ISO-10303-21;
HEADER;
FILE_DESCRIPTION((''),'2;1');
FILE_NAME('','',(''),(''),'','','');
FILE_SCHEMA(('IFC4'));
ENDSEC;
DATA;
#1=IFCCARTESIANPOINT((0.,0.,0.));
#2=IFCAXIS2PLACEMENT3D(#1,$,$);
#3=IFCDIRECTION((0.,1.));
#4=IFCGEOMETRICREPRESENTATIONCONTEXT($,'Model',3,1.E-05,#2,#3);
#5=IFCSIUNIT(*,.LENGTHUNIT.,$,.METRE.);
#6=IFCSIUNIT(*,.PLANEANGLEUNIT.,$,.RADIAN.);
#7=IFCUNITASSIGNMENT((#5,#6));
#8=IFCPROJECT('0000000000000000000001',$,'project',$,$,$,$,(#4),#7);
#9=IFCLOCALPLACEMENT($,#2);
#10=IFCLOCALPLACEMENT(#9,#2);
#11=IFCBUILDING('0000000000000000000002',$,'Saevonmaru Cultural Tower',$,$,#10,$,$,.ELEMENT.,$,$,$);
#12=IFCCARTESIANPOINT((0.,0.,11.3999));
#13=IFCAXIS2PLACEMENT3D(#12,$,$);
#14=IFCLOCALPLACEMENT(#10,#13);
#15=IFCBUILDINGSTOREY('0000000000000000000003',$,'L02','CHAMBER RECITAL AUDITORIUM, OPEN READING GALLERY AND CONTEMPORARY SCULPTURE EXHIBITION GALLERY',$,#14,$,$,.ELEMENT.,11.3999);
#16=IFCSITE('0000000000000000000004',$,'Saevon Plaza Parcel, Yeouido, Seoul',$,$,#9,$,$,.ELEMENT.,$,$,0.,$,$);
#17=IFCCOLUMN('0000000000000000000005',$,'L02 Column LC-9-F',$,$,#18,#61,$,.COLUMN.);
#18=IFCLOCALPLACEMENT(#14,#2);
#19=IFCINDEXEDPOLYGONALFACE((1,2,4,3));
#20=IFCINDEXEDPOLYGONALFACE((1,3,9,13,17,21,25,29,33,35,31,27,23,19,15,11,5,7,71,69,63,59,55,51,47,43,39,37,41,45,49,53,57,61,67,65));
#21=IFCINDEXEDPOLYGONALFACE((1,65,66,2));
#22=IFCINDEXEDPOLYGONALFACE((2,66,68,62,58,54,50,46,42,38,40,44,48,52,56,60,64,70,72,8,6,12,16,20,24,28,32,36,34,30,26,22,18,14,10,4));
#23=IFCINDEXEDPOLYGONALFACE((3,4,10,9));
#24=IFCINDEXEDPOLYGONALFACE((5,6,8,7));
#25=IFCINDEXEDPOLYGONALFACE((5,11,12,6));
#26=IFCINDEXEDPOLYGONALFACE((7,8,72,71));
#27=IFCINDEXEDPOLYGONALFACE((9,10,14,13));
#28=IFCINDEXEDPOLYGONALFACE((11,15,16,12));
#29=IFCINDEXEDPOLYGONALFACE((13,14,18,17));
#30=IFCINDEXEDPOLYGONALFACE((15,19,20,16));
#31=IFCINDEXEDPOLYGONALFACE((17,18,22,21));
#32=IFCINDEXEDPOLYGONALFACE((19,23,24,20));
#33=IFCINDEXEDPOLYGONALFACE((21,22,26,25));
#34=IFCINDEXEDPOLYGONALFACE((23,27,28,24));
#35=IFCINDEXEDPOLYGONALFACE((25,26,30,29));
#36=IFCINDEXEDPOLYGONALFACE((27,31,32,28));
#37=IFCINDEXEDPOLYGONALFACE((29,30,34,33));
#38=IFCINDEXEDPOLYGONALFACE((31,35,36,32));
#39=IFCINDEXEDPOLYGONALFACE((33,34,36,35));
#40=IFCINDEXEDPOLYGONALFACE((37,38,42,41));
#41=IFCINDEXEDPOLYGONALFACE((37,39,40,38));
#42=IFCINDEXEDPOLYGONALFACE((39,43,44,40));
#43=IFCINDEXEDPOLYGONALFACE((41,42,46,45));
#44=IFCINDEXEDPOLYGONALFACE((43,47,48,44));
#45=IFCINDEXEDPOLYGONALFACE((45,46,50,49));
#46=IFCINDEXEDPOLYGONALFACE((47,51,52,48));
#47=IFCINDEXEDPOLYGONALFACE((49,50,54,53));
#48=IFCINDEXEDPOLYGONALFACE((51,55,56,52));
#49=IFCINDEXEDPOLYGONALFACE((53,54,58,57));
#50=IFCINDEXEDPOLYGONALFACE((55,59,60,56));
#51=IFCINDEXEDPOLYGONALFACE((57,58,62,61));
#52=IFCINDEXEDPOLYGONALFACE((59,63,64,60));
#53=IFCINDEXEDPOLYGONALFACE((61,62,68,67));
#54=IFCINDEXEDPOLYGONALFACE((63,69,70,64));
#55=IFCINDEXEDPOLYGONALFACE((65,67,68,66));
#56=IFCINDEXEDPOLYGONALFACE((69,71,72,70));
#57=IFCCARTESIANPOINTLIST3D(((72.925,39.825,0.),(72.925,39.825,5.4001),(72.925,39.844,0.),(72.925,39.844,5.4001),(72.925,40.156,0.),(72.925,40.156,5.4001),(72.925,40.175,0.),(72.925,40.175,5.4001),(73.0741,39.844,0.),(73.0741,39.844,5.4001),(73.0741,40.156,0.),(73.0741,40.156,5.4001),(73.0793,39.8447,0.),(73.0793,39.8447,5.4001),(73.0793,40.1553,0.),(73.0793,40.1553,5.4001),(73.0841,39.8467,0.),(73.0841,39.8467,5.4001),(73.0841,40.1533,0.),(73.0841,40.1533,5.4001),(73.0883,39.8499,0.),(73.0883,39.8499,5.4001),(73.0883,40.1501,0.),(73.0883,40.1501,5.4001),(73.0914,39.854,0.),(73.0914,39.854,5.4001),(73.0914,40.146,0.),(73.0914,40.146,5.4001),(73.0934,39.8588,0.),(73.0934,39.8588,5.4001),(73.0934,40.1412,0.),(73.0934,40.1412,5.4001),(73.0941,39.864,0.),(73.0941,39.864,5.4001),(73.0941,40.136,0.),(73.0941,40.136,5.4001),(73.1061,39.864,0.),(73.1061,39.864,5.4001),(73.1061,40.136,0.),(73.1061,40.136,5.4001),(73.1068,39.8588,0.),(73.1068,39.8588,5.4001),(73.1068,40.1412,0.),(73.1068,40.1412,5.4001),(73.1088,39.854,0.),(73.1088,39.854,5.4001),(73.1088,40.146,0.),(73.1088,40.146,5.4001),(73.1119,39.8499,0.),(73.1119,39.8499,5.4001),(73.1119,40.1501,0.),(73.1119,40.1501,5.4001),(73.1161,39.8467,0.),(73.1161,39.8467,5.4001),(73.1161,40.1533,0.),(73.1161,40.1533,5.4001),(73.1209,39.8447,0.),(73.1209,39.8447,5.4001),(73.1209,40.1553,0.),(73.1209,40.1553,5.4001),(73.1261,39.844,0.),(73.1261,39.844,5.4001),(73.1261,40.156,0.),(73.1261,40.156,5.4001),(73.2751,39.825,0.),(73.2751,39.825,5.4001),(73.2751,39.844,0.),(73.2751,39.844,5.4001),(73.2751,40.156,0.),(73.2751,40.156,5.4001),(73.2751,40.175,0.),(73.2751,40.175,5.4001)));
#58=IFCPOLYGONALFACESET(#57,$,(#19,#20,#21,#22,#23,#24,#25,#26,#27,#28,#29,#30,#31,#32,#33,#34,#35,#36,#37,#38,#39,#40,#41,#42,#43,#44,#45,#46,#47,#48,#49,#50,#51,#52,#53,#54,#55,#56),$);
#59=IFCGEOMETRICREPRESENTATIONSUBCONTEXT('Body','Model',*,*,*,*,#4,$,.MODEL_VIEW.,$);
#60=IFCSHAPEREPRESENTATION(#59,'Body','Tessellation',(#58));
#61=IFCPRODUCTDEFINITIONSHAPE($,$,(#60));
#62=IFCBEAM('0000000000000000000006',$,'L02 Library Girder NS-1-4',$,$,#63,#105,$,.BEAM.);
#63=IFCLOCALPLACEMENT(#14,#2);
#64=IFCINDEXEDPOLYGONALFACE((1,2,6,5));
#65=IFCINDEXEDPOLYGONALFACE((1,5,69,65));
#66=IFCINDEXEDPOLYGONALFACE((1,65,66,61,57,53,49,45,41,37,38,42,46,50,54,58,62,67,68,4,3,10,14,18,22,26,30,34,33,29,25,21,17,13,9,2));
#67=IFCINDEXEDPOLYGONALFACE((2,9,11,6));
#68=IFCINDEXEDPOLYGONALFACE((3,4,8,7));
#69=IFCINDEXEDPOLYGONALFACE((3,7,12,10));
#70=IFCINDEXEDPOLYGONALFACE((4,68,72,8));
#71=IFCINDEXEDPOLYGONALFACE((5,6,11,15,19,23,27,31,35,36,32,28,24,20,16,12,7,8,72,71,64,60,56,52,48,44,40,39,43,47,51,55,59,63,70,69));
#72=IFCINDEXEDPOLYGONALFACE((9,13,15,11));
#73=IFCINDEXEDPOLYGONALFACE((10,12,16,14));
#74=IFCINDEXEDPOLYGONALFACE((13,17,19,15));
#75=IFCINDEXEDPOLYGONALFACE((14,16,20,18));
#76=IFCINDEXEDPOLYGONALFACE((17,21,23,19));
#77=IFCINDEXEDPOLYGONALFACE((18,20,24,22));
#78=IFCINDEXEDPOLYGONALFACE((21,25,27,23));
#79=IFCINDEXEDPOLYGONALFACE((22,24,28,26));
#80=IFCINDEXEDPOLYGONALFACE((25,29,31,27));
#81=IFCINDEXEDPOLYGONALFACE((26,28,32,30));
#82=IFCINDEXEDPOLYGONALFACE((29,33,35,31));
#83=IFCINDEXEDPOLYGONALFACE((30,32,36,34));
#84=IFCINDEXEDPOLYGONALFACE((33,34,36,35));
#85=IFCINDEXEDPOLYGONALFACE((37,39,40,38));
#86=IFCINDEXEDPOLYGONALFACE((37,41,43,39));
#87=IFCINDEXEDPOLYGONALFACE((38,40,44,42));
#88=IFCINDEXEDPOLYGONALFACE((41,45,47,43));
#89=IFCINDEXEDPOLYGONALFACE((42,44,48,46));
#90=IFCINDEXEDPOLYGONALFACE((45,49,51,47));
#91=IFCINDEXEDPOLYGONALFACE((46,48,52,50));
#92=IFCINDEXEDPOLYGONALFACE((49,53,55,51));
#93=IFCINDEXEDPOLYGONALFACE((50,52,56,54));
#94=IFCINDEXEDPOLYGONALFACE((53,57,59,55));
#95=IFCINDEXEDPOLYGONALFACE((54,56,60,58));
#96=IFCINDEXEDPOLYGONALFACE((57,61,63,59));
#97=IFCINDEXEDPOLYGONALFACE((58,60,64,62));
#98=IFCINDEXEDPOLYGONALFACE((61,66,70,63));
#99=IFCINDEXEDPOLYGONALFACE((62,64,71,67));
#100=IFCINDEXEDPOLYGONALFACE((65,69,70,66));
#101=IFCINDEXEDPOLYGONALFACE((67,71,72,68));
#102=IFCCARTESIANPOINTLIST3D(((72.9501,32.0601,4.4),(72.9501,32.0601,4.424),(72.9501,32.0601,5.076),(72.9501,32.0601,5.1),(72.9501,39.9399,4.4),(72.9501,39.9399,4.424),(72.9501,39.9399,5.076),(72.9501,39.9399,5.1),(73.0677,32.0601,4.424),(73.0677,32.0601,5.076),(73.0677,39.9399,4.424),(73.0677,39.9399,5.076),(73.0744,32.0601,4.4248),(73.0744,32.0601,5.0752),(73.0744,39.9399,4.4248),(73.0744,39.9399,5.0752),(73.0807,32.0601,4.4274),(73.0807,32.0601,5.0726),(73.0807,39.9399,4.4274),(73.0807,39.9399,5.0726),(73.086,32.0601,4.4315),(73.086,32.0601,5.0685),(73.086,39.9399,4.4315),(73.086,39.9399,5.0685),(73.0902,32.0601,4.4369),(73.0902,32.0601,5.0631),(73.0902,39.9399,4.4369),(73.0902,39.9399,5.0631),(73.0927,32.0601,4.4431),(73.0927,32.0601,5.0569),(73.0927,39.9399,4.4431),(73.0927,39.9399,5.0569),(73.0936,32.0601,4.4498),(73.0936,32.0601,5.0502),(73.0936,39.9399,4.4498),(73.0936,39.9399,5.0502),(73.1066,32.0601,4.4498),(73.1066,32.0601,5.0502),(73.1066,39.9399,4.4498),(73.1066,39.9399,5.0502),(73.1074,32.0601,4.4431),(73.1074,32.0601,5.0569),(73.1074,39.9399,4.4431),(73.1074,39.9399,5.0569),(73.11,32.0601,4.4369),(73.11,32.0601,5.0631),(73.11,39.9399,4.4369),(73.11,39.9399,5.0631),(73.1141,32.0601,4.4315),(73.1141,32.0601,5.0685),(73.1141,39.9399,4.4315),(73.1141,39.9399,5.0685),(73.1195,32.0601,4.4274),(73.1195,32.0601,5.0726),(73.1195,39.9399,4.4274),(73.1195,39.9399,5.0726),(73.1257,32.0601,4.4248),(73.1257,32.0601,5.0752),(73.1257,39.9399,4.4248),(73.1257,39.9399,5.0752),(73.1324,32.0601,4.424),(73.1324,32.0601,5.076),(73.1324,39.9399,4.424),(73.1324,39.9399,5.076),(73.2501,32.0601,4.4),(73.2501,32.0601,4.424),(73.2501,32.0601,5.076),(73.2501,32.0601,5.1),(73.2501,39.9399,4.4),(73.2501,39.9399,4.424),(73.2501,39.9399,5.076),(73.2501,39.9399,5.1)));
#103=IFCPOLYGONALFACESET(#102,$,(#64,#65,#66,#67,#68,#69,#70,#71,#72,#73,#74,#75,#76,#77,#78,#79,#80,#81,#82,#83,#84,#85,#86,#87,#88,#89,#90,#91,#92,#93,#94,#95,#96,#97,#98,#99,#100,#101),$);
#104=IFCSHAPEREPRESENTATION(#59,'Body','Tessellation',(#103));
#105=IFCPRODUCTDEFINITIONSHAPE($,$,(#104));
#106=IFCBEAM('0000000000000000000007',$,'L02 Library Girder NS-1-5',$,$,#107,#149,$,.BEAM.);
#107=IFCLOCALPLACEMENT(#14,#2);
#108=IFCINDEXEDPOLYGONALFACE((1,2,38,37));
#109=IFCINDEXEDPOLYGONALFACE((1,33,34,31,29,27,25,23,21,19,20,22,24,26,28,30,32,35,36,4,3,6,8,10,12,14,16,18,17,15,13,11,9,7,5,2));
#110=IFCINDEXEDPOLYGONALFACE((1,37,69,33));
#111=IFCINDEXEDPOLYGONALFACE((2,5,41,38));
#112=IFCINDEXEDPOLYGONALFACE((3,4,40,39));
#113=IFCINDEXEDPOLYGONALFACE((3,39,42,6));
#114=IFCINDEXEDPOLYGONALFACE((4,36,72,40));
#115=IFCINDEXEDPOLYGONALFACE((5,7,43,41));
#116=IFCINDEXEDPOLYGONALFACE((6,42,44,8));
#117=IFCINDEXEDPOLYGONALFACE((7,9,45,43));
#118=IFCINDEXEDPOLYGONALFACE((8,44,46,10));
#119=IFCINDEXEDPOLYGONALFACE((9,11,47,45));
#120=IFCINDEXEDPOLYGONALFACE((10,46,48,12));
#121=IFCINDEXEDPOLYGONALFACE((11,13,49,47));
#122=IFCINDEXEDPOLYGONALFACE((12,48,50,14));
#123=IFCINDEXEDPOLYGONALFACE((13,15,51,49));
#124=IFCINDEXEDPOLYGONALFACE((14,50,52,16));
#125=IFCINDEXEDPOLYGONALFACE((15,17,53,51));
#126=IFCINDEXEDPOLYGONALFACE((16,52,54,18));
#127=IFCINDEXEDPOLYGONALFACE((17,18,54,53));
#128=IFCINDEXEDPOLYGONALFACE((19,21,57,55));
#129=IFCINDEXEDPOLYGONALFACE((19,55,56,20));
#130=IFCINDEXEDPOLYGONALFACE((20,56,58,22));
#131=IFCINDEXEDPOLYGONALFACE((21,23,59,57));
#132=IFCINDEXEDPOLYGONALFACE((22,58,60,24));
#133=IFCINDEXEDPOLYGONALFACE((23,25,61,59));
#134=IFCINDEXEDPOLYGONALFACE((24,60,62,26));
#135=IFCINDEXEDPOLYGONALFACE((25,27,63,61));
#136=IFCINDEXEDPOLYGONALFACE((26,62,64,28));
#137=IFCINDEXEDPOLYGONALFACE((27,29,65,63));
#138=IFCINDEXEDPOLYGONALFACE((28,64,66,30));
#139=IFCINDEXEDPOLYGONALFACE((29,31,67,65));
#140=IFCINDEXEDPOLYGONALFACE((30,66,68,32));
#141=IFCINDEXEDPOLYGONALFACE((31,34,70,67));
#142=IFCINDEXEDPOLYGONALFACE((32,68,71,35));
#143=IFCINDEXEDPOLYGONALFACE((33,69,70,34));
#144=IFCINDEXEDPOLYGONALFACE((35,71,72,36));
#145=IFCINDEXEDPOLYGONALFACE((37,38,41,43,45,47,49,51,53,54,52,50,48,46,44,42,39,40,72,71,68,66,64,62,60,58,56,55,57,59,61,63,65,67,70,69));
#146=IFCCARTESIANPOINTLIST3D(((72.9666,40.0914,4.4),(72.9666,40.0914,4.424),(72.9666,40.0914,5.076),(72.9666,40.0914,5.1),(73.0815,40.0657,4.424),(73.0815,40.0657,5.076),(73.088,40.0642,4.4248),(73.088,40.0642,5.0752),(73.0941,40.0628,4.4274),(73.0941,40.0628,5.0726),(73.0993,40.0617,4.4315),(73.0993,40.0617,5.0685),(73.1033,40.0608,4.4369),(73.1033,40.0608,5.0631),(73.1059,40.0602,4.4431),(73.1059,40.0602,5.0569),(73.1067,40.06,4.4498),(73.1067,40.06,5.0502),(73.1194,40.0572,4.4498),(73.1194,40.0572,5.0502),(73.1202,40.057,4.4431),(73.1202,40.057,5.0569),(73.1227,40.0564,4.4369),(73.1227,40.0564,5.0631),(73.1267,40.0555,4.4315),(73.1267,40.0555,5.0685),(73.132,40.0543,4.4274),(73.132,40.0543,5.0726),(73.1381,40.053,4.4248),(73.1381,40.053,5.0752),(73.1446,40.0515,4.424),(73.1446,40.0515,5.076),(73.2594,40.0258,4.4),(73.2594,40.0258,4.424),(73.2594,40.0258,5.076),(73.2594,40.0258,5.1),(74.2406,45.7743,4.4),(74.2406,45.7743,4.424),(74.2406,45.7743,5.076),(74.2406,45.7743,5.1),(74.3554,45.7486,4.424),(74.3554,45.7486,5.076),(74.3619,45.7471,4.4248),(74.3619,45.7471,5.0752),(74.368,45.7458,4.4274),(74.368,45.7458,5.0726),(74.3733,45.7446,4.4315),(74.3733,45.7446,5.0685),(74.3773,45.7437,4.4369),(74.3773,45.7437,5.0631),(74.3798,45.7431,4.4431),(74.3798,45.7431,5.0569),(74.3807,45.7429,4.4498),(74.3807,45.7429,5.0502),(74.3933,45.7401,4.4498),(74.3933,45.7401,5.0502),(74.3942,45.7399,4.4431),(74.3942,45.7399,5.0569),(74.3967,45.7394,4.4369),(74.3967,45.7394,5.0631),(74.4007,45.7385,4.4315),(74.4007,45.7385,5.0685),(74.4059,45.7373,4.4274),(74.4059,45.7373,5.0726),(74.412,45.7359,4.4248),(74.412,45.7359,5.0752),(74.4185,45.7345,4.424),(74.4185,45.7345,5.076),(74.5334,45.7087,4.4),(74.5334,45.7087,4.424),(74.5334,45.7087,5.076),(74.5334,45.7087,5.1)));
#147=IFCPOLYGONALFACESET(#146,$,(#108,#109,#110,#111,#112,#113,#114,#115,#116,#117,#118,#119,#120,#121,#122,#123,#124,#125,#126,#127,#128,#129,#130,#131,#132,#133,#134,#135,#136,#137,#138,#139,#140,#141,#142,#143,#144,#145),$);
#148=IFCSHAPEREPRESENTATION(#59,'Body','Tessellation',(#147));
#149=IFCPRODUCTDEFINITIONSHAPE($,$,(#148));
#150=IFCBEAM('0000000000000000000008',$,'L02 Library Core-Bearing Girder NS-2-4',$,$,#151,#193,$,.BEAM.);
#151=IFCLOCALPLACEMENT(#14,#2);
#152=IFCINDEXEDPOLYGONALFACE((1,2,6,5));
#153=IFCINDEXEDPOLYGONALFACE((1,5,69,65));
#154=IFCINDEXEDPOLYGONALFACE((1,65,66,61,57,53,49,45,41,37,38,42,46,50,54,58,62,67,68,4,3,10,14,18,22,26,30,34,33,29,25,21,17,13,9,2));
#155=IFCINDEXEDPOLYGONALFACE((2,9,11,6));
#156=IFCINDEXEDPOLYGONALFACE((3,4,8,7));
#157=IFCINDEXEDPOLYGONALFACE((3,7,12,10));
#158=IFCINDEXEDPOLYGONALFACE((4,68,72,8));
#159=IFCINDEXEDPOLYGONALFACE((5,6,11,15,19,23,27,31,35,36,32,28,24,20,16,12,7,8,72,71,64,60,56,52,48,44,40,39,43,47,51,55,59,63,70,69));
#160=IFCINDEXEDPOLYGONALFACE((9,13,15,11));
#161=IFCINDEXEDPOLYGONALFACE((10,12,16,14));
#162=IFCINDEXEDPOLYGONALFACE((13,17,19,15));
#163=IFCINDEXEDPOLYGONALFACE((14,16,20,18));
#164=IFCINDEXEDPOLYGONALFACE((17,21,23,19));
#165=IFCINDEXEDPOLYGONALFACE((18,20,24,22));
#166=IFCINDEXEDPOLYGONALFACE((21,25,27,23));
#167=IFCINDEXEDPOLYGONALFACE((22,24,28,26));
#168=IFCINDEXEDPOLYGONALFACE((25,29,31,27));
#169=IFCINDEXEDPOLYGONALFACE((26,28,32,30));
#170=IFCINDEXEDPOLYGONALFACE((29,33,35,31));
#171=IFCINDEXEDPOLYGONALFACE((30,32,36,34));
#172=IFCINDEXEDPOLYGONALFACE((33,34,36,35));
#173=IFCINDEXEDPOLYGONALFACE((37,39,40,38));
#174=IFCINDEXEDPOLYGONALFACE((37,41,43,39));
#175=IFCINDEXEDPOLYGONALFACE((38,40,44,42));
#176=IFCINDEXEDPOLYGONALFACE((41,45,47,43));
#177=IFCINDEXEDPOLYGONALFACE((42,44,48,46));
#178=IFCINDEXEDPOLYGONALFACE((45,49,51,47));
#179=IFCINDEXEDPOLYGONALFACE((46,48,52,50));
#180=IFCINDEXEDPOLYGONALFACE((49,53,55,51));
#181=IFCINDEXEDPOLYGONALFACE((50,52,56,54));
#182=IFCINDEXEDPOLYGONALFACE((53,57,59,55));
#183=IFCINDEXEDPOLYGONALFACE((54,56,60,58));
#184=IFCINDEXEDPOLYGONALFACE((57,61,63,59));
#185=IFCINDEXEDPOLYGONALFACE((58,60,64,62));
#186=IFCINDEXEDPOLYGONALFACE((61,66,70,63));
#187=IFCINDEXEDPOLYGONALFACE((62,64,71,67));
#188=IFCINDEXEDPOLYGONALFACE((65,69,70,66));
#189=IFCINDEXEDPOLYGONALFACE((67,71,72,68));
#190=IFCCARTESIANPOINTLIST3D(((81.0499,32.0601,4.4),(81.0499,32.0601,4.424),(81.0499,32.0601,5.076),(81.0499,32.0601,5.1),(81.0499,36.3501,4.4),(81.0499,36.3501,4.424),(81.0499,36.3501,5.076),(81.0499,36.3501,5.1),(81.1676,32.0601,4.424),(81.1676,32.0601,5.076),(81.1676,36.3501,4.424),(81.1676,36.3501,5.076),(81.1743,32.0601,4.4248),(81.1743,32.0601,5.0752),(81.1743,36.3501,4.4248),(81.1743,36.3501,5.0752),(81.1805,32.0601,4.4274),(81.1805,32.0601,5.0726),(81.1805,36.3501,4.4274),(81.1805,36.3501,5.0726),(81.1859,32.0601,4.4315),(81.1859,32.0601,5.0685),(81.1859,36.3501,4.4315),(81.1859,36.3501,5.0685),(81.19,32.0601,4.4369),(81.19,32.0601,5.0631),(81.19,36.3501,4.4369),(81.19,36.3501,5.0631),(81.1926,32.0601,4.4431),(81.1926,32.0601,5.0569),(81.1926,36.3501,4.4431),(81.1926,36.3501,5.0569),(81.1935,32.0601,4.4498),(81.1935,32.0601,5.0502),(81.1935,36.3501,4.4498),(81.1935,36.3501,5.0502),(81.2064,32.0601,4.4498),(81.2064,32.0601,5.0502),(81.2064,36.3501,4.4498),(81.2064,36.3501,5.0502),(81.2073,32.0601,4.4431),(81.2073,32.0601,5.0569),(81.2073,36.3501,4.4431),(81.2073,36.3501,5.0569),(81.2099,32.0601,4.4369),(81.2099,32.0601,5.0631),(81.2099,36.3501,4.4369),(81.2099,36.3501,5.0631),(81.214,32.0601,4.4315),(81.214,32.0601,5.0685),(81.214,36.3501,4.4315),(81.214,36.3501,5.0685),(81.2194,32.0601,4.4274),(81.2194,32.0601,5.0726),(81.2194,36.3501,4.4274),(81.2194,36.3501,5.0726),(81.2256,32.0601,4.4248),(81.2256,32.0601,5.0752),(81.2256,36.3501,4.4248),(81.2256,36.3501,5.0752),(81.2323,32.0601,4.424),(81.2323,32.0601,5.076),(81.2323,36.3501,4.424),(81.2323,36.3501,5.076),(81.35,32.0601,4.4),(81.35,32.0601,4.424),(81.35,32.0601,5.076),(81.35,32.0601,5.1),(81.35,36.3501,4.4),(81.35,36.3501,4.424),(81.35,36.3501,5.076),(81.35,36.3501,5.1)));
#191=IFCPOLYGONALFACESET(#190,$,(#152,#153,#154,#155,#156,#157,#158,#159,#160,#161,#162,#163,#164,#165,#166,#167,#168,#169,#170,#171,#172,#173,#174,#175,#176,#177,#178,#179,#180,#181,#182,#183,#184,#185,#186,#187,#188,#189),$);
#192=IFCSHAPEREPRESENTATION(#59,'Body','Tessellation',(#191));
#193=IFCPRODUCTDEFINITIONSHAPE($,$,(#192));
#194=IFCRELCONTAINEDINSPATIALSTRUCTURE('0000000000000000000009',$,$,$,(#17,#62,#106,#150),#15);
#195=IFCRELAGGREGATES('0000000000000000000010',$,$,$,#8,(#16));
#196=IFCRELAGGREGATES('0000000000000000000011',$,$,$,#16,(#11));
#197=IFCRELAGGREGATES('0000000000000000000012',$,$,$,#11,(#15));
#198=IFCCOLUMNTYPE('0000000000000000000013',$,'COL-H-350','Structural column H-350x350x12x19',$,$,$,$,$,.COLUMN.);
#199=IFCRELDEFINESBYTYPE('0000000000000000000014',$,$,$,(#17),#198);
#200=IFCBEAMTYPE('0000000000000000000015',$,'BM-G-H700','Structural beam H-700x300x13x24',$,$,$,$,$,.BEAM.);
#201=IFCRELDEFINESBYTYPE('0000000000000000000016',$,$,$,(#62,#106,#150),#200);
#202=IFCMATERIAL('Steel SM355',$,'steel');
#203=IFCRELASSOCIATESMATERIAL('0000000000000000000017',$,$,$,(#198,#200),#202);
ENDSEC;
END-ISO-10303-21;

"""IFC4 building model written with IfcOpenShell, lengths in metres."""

from ifc_helpers import new_model, si_unit, direction, frame, origin, origin_2d, place, context, subcontext, project, spatial, i_section, extrude, material, material_profile, profile_set, type_object, element, save


model = new_model("IFC4")

# Units and contexts
model_context = context("Model", 3, precision=1e-05, world=origin(), true_north=direction((0.0, 1.0)))
body_context = subcontext(model_context, "Body", "Model", "MODEL_VIEW")
ifc_project = project(units=[si_unit("LENGTHUNIT", "METRE"), si_unit("PLANEANGLEUNIT", "RADIAN")], contexts=[model_context])

# Site, building, storey
site_placement = place(None, origin())
site = spatial("IfcSite", under=ifc_project, at=site_placement, Name="Saevon Plaza Parcel, Yeouido, Seoul", CompositionType="ELEMENT", RefElevation=0.0)
building_placement = place(site_placement, origin())
building = spatial("IfcBuilding", under=site, at=building_placement, Name="Saevonmaru Cultural Tower", CompositionType="ELEMENT")
storey_placement = place(building_placement, frame((0.0, 0.0, 11.3999)))
storey = spatial("IfcBuildingStorey", under=building, at=storey_placement, Name="L02", Description="CHAMBER RECITAL AUDITORIUM, OPEN READING GALLERY AND CONTEMPORARY SCULPTURE EXHIBITION GALLERY", CompositionType="ELEMENT", Elevation=11.3999)

# Column
ifc_material_1 = material(Name="Steel SM355", Category="steel")
ifc_material_profile_1 = material_profile(ifc_material_1, i_section(OverallWidth=0.3501, OverallDepth=0.3501, WebThickness=0.012, FlangeThickness=0.019, FilletRadius=0.02, at=origin_2d()), Name="H-350x350x12x19")
ifc_profile_set_1 = profile_set([ifc_material_profile_1], Name="Steel SM355")
column_type = type_object("IfcColumnType", Name="COL-H-350", Description="Structural column H-350x350x12x19", PredefinedType="COLUMN", material=ifc_profile_set_1)
column_placement = place(storey_placement, frame((73.1001, 40.0, 0.0), z_axis=(0.0, 0.0, 1.0), x_axis=(1.0, 0.0, 0.0)))
element("IfcColumn", 1, at=column_placement, inside=storey, type_object=column_type, Name="L02 Column LC-9-F", PredefinedType="COLUMN", context=body_context, shape_type="SweptSolid", body=[
    extrude(i_section(OverallWidth=0.3501, OverallDepth=0.3501, WebThickness=0.012, FlangeThickness=0.019, FilletRadius=0.02, at=origin_2d()), origin(), (0.0, 0.0, 1.0), 5.4001),
])

# Beams
ifc_material_profile_2 = material_profile(ifc_material_1, i_section(OverallWidth=0.3, OverallDepth=0.7, WebThickness=0.0129, FlangeThickness=0.0239, FilletRadius=0.0259, at=origin_2d()), Name="H-700x300x13x24")
ifc_profile_set_2 = profile_set([ifc_material_profile_2], Name="Steel SM355")
beam_type = type_object("IfcBeamType", Name="BM-G-H700", Description="Structural beam H-700x300x13x24", PredefinedType="BEAM", material=ifc_profile_set_2)
beam_1_placement = place(storey_placement, frame((73.1001, 32.0601, 4.75), z_axis=(0.0, 1.0, 0.0), x_axis=(-1.0, 0.0, 0.0)))
element("IfcBeam", 2, at=beam_1_placement, inside=storey, type_object=beam_type, Name="L02 Library Girder NS-1-4", PredefinedType="BEAM", context=body_context, shape_type="SweptSolid", body=[
    extrude(i_section(OverallWidth=0.3, OverallDepth=0.7, WebThickness=0.0129, FlangeThickness=0.0239, FilletRadius=0.0259, at=origin_2d()), origin(), (0.0, 0.0, 1.0), 7.8799),
])
beam_2_placement = place(storey_placement, frame((73.113, 40.0586, 4.75), z_axis=(0.218741, 0.975783, 0.0), x_axis=(-0.975783, 0.218741, 0.0)))
element("IfcBeam", 3, at=beam_2_placement, inside=storey, type_object=beam_type, Name="L02 Library Girder NS-1-5", PredefinedType="BEAM", context=body_context, shape_type="SweptSolid", body=[
    extrude(i_section(OverallWidth=0.3, OverallDepth=0.7, WebThickness=0.0129, FlangeThickness=0.0239, FilletRadius=0.0259, at=origin_2d()), origin(), (0.0, 0.0, 1.0), 5.824),
])
beam_3_placement = place(storey_placement, frame((81.2, 32.0601, 4.75), z_axis=(0.0, 1.0, 0.0), x_axis=(-1.0, 0.0, 0.0)))
element("IfcBeam", 4, at=beam_3_placement, inside=storey, type_object=beam_type, Name="L02 Library Core-Bearing Girder NS-2-4", PredefinedType="BEAM", context=body_context, shape_type="SweptSolid", body=[
    extrude(i_section(OverallWidth=0.3, OverallDepth=0.7, WebThickness=0.0129, FlangeThickness=0.0239, FilletRadius=0.0259, at=origin_2d()), origin(), (0.0, 0.0, 1.0), 4.29),
])

save(model, "model.ifc")
